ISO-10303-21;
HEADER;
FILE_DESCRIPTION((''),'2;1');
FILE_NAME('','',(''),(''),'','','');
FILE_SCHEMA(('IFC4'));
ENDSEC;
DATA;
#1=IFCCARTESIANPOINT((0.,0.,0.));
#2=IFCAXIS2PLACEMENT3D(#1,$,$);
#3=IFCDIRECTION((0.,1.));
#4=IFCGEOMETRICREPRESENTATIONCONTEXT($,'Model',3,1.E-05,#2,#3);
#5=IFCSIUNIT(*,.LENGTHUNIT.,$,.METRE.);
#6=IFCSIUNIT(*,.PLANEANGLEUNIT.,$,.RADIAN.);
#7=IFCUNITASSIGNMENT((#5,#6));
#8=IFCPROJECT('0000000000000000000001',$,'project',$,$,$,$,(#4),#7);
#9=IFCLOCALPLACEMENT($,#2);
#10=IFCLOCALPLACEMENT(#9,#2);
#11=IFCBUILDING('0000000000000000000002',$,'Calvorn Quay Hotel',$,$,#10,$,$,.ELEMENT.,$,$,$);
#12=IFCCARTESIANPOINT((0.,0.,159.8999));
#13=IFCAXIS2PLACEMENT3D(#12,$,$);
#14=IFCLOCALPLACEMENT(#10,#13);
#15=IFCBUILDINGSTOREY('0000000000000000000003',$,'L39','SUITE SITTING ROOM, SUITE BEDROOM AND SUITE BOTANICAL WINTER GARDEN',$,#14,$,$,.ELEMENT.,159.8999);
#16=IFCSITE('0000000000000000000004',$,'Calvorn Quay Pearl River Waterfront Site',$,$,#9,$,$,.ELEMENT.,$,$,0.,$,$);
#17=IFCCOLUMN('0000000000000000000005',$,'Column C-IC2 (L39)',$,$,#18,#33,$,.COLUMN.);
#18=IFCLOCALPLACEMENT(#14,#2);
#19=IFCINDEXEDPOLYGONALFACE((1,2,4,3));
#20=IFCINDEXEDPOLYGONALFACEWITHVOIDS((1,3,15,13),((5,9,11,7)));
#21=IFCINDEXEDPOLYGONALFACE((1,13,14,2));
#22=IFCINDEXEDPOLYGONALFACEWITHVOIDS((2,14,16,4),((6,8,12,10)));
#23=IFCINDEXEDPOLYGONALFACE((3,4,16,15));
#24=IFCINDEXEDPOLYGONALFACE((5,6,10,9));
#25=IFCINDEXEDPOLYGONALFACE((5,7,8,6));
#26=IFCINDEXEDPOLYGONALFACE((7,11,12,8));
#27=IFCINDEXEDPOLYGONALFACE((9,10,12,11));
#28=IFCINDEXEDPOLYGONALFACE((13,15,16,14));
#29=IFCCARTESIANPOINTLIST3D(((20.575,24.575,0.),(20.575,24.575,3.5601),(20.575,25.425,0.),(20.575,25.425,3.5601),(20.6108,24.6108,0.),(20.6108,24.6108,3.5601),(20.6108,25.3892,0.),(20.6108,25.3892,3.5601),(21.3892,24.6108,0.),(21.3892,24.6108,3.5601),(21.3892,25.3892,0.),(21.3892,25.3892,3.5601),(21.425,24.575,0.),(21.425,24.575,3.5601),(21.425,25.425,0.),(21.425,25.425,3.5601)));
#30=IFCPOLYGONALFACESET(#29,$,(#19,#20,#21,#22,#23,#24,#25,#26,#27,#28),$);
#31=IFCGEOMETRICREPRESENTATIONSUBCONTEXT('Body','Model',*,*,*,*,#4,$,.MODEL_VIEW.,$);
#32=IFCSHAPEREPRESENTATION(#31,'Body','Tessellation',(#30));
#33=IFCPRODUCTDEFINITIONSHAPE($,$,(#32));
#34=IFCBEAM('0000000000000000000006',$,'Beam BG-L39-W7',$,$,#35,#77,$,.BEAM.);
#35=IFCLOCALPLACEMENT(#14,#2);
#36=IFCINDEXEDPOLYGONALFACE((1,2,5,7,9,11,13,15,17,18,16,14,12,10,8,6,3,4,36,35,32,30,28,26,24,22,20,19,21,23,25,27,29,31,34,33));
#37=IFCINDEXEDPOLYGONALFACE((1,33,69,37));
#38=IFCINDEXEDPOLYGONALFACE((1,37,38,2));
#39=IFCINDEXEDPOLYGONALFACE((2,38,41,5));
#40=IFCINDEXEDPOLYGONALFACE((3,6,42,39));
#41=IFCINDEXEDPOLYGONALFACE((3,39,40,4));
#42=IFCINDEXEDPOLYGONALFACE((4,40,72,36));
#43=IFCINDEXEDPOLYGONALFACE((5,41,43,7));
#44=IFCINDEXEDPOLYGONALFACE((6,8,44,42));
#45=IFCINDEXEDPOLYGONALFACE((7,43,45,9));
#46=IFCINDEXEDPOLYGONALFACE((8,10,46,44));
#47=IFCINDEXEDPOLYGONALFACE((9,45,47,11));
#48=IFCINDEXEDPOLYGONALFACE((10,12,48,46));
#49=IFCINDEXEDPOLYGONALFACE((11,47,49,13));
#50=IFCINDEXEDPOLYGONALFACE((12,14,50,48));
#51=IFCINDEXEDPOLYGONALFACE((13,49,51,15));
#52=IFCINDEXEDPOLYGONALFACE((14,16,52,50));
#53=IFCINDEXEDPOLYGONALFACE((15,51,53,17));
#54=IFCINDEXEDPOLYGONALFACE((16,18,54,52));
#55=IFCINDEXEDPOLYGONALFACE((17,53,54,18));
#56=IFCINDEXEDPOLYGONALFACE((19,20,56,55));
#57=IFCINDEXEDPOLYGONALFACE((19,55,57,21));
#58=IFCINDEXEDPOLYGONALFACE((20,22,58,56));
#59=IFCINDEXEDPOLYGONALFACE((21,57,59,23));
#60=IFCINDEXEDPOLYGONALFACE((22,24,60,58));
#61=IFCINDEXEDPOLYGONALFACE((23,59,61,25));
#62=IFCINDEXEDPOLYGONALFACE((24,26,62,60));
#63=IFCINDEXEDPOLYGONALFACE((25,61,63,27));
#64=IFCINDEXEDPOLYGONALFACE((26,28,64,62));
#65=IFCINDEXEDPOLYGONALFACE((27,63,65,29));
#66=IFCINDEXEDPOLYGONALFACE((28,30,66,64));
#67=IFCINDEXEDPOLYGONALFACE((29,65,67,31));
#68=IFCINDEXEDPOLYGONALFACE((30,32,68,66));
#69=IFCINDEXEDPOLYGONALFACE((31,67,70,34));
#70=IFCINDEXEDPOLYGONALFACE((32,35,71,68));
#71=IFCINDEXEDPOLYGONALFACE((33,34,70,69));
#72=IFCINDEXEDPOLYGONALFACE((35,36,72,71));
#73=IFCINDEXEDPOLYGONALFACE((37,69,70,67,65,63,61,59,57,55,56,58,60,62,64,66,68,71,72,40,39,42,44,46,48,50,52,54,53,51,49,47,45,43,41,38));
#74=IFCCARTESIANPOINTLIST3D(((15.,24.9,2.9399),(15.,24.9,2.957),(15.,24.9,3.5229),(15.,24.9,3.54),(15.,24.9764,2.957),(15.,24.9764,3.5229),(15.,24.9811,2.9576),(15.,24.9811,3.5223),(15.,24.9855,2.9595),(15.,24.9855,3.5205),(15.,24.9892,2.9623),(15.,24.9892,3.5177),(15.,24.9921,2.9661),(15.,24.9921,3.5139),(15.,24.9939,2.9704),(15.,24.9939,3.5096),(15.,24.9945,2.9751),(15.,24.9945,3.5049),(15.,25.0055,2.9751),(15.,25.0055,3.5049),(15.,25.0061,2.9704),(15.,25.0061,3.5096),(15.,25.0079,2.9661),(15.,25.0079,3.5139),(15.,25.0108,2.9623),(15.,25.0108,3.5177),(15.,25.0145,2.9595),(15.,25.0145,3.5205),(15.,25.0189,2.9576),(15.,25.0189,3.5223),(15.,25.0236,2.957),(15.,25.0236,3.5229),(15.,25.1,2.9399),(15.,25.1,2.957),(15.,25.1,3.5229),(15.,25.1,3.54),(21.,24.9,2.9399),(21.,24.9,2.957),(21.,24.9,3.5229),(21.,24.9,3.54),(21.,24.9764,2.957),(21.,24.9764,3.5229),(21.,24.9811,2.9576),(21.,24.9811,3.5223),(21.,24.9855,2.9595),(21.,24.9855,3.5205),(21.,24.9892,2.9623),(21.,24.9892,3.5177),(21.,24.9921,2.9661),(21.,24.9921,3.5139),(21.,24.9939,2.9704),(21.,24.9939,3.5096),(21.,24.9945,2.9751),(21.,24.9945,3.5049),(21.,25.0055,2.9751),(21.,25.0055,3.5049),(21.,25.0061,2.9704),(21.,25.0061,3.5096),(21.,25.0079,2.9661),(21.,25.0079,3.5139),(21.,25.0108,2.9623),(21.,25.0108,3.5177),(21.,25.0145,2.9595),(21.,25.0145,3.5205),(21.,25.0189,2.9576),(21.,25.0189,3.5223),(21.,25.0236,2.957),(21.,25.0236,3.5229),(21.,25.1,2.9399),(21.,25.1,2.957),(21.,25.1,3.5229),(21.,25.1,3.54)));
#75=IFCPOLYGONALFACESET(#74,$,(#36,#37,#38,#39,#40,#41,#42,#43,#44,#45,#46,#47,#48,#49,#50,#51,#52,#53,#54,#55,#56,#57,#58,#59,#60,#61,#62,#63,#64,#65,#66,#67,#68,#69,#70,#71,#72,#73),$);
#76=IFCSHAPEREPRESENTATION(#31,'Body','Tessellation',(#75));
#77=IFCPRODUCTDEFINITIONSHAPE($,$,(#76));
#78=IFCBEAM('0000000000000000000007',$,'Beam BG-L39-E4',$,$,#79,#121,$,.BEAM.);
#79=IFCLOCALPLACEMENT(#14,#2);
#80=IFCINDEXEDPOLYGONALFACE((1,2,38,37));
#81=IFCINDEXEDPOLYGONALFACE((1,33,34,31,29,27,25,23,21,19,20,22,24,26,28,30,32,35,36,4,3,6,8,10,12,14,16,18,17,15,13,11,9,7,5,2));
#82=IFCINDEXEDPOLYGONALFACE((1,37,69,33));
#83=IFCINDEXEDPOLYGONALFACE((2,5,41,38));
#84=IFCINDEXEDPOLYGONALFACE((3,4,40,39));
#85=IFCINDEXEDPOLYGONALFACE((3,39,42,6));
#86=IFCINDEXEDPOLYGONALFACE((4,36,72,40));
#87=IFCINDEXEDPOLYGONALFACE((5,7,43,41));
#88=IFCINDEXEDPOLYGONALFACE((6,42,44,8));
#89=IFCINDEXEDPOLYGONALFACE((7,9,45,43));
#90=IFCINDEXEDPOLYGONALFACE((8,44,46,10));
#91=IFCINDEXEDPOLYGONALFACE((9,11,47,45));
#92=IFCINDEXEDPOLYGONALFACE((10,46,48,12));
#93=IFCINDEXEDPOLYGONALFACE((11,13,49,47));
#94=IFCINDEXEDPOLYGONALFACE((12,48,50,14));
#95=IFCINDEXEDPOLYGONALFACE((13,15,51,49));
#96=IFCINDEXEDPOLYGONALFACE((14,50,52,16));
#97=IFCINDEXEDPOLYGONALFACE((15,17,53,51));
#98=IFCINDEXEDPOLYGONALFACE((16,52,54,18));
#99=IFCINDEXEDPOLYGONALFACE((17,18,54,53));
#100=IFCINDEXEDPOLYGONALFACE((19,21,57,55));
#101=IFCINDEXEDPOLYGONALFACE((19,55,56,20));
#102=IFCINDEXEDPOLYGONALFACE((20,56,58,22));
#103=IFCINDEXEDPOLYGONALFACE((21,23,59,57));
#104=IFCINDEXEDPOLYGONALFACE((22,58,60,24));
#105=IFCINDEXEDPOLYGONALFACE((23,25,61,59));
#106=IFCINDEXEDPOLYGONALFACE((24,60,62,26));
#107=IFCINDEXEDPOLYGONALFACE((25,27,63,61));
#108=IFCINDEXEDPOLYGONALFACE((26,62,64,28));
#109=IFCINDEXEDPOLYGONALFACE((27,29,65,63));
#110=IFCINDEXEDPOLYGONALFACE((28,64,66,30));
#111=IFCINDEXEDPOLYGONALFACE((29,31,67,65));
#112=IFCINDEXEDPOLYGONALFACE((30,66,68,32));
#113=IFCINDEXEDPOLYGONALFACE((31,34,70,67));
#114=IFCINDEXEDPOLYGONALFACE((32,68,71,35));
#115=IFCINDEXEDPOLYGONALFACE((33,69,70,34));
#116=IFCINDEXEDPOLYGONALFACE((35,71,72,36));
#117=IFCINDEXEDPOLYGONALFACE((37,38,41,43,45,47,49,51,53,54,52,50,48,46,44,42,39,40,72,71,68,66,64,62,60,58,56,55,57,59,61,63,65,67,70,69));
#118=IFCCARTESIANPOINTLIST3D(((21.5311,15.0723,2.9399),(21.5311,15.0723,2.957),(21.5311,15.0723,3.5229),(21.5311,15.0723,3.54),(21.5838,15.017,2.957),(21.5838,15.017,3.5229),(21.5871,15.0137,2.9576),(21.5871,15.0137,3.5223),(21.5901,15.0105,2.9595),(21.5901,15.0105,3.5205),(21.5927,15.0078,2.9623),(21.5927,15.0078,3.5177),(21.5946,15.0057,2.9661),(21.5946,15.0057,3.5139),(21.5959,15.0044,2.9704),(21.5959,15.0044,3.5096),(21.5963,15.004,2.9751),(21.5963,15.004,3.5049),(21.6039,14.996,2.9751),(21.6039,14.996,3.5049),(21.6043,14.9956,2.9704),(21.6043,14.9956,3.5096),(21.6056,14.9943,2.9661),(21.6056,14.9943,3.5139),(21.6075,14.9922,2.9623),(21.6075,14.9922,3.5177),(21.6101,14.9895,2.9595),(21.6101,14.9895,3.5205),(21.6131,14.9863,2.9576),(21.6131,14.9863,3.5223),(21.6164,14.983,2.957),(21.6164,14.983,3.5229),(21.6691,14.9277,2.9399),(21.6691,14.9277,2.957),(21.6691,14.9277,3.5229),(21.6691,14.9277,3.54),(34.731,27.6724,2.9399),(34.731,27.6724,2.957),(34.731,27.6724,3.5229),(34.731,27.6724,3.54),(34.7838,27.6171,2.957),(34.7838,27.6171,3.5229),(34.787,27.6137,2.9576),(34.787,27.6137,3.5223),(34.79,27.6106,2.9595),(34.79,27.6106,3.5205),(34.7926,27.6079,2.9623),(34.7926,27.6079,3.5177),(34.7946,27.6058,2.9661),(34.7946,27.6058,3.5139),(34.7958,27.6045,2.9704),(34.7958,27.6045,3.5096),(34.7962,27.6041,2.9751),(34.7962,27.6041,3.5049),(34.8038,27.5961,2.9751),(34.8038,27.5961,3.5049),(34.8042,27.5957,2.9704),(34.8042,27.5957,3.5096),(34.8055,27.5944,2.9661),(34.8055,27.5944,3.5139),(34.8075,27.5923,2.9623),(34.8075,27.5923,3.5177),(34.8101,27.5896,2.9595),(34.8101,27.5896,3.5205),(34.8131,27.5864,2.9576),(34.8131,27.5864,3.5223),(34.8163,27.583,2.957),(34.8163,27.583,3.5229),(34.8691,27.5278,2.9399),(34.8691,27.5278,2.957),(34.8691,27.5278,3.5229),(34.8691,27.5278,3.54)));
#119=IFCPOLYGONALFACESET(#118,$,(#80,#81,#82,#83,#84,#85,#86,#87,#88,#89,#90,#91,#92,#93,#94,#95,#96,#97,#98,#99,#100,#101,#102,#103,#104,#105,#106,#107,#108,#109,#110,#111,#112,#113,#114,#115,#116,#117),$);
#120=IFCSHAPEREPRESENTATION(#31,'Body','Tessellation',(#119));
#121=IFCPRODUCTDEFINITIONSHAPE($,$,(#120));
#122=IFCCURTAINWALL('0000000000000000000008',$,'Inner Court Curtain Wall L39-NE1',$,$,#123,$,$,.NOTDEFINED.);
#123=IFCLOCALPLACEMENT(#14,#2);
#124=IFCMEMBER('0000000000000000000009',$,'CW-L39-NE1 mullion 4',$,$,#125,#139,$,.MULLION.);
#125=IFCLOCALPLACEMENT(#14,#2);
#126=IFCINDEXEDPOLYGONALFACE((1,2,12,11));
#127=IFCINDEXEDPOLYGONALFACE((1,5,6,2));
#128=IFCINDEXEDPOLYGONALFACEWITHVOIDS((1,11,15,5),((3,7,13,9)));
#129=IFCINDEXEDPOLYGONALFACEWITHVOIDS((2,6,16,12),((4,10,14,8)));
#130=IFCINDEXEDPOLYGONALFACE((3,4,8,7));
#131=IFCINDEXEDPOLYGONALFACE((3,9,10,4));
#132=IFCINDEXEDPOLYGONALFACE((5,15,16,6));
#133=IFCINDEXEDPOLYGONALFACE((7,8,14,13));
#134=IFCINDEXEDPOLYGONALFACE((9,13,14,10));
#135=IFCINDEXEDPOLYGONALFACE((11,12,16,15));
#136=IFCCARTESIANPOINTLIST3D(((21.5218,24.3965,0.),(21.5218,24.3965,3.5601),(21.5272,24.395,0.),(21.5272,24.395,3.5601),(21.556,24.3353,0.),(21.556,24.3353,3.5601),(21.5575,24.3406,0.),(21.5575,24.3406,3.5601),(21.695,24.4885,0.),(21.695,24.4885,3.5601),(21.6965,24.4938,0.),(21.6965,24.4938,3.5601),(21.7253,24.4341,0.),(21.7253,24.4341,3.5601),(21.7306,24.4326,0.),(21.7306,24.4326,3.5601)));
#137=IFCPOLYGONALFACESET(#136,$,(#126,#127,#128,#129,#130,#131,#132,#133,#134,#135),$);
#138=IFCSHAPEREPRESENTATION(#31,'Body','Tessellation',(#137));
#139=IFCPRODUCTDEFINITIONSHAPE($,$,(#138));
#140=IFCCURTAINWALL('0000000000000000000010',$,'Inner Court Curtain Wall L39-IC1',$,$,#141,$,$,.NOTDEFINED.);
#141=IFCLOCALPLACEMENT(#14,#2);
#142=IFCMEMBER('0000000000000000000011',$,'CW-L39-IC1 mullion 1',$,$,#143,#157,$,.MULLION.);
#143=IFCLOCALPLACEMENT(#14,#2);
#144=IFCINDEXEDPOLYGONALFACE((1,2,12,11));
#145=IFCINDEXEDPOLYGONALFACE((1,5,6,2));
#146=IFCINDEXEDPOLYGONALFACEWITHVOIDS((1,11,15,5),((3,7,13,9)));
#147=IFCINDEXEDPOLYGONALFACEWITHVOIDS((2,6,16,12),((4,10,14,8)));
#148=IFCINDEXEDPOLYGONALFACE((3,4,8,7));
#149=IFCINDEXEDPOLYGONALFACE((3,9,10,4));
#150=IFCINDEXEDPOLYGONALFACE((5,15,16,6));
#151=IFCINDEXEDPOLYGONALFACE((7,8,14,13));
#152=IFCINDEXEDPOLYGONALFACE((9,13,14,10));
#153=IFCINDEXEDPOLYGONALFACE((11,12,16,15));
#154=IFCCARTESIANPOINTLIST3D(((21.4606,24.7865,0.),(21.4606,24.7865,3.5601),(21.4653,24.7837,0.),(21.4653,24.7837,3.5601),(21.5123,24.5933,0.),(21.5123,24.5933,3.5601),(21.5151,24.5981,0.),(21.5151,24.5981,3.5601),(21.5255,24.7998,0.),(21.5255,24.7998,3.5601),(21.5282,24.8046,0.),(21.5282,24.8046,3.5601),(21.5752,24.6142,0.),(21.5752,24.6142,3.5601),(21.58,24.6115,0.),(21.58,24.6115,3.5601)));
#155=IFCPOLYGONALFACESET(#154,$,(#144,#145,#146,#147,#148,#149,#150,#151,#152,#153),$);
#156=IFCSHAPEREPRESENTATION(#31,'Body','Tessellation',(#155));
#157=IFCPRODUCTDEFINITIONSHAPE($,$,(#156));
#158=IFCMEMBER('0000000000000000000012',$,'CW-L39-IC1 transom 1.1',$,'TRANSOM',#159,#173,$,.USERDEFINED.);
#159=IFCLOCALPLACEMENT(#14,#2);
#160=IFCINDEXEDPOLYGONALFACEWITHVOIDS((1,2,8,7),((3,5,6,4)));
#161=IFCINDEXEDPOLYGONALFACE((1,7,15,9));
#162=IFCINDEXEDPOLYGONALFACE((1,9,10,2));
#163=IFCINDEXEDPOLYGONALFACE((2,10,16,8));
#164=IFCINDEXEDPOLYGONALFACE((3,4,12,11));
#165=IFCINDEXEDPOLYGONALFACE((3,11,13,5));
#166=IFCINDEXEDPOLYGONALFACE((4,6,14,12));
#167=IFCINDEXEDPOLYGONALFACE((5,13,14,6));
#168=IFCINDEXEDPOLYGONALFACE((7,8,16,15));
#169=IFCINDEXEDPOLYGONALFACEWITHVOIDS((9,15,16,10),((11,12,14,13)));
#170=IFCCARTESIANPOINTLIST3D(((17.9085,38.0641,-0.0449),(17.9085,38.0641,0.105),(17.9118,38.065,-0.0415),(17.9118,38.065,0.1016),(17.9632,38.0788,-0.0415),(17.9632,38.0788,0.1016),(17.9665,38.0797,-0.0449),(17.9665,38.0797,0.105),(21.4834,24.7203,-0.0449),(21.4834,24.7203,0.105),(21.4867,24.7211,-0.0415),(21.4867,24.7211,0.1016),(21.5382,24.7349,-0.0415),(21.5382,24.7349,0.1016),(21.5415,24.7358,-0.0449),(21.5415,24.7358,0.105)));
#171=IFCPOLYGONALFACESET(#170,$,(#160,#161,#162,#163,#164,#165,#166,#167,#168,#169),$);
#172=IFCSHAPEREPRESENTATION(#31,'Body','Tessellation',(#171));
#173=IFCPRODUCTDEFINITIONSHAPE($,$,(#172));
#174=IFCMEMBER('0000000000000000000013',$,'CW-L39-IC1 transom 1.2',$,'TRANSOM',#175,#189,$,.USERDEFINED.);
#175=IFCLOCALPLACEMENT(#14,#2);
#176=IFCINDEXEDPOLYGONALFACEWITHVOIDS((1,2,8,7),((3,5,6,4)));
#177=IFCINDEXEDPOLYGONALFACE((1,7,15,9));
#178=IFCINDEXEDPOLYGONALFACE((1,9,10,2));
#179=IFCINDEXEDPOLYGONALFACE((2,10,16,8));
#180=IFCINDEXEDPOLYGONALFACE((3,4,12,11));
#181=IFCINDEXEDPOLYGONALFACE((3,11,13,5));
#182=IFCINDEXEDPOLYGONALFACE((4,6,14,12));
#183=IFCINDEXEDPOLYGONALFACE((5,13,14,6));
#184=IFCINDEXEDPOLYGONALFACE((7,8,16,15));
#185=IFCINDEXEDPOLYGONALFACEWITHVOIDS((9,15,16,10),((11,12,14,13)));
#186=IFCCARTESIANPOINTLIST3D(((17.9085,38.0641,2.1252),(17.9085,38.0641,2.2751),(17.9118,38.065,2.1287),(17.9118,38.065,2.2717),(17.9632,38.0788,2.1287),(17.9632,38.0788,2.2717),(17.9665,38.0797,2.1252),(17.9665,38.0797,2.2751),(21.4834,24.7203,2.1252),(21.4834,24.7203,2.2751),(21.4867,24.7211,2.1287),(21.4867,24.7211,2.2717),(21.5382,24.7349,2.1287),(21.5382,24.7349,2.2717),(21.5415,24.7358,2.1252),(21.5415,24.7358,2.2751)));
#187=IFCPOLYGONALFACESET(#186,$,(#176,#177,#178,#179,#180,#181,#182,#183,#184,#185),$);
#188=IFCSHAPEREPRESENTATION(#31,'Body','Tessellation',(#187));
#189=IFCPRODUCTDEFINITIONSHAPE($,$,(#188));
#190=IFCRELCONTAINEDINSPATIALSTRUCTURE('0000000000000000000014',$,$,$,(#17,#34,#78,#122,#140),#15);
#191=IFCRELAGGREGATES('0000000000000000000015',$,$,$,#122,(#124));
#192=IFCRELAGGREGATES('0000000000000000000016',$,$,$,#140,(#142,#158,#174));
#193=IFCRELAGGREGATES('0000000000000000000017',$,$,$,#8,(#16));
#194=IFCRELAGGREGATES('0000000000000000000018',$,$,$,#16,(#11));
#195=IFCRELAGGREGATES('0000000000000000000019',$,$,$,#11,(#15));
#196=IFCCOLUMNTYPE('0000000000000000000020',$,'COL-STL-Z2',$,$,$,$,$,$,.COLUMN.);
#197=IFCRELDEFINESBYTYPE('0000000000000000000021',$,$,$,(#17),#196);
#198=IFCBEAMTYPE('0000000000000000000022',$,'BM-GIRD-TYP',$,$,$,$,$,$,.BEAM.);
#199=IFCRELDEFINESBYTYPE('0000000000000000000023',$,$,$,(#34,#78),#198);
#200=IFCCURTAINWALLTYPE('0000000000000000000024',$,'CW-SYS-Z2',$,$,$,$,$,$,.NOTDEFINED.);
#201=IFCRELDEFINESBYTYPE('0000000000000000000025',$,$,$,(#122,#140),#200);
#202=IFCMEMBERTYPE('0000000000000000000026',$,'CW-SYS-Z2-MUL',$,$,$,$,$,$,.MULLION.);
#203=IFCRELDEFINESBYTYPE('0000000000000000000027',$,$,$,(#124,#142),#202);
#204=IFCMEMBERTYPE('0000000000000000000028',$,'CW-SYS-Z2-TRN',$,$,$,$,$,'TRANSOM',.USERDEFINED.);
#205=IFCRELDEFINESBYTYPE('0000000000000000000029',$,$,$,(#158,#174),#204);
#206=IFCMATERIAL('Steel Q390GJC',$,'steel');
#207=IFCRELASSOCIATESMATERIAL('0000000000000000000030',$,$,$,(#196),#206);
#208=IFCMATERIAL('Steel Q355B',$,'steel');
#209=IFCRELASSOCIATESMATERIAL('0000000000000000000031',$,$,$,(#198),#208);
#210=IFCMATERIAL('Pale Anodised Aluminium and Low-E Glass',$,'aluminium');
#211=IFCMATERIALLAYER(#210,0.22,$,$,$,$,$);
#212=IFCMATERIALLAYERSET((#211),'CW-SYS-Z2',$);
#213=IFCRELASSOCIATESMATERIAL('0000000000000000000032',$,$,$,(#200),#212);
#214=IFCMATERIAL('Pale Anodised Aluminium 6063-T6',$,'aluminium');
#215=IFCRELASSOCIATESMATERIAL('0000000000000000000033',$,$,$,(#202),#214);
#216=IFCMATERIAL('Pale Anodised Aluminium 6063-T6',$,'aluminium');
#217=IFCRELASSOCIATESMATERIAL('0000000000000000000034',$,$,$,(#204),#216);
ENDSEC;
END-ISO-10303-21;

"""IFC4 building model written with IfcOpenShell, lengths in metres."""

from ifc_helpers import new_model, si_unit, direction, frame, origin, origin_2d, place, context, subcontext, project, spatial, hollow_rectangle, i_section, extrude, material, layer, layer_set, material_profile, profile_set, type_object, element, aggregate, save


model = new_model("IFC4")

# Units and contexts
model_context = context("Model", 3, precision=1e-05, world=origin(), true_north=direction((0.0, 1.0)))
body_context = subcontext(model_context, "Body", "Model", "MODEL_VIEW")
ifc_project = project(units=[si_unit("LENGTHUNIT", "METRE"), si_unit("PLANEANGLEUNIT", "RADIAN")], contexts=[model_context])

# Site, building, storey
site_placement = place(None, origin())
site = spatial("IfcSite", under=ifc_project, at=site_placement, Name="Calvorn Quay Pearl River Waterfront Site", CompositionType="ELEMENT", RefElevation=0.0)
building_placement = place(site_placement, origin())
building = spatial("IfcBuilding", under=site, at=building_placement, Name="Calvorn Quay Hotel", CompositionType="ELEMENT")
storey_placement = place(building_placement, frame((0.0, 0.0, 159.8999)))
storey = spatial("IfcBuildingStorey", under=building, at=storey_placement, Name="L39", Description="SUITE SITTING ROOM, SUITE BEDROOM AND SUITE BOTANICAL WINTER GARDEN", CompositionType="ELEMENT", Elevation=159.8999)

# Column
ifc_material_1 = material(Name="Steel Q390GJC", Category="steel")
ifc_material_profile_1 = material_profile(ifc_material_1, hollow_rectangle(XDim=0.8501, YDim=0.8501, WallThickness=0.0359, at=origin_2d()), Name="BOX850x850x36")
ifc_profile_set_1 = profile_set([ifc_material_profile_1], Name="Steel Q390GJC")
column_type = type_object("IfcColumnType", Name="COL-STL-Z2", PredefinedType="COLUMN", material=ifc_profile_set_1)
column_placement = place(storey_placement, frame((21.0, 25.0, 0.0), z_axis=(0.0, 0.0, 1.0), x_axis=(1.0, 0.0, 0.0)))
element("IfcColumn", 1, at=column_placement, inside=storey, type_object=column_type, Name="Column C-IC2 (L39)", PredefinedType="COLUMN", context=body_context, shape_type="SweptSolid", body=[
    extrude(hollow_rectangle(XDim=0.8501, YDim=0.8501, WallThickness=0.0359, at=origin_2d()), origin(), (0.0, 0.0, 1.0), 3.5601),
])

# Beams
ifc_material_2 = material(Name="Steel Q355B", Category="steel")
ifc_material_profile_2 = material_profile(ifc_material_2, i_section(OverallWidth=0.2, OverallDepth=0.6001, WebThickness=0.011, FlangeThickness=0.0171, FilletRadius=0.0181, at=origin_2d()), Name="HN600x200x11x17")
ifc_profile_set_2 = profile_set([ifc_material_profile_2], Name="Steel Q355B")
beam_type = type_object("IfcBeamType", Name="BM-GIRD-TYP", PredefinedType="BEAM", material=ifc_profile_set_2)
beam_1_placement = place(storey_placement, frame((21.0, 25.0, 3.24), z_axis=(-1.0, 0.0, 0.0), x_axis=(0.0, -1.0, 0.0)))
element("IfcBeam", 2, at=beam_1_placement, inside=storey, type_object=beam_type, Name="Beam BG-L39-W7", PredefinedType="BEAM", context=body_context, shape_type="SweptSolid", body=[
    extrude(i_section(OverallWidth=0.2, OverallDepth=0.6001, WebThickness=0.011, FlangeThickness=0.0171, FilletRadius=0.0181, at=origin_2d()), origin(), (0.0, 0.0, 1.0), 6.0),
])
beam_2_placement = place(storey_placement, frame((21.6001, 15.0, 3.24), z_axis=(0.723352, 0.69048, 0.0), x_axis=(-0.69048, 0.723352, 0.0)))
element("IfcBeam", 3, at=beam_2_placement, inside=storey, type_object=beam_type, Name="Beam BG-L39-E4", PredefinedType="BEAM", context=body_context, shape_type="SweptSolid", body=[
    extrude(i_section(OverallWidth=0.2, OverallDepth=0.6001, WebThickness=0.011, FlangeThickness=0.0171, FilletRadius=0.0181, at=origin_2d()), origin(), (0.0, 0.0, 1.0), 18.2483),
])

# Curtain wall, member
ifc_material_3 = material(Name="Pale Anodised Aluminium and Low-E Glass", Category="aluminium")
ifc_layer_1 = layer(ifc_material_3, 0.22)
ifc_layer_set_1 = layer_set([ifc_layer_1], Name="CW-SYS-Z2")
curtain_wall_type = type_object("IfcCurtainWallType", Name="CW-SYS-Z2", PredefinedType="NOTDEFINED", material=ifc_layer_set_1)
curtain_wall_1_placement = place(storey_placement, origin())
curtain_wall_1 = element("IfcCurtainWall", 4, at=curtain_wall_1_placement, inside=storey, type_object=curtain_wall_type, Name="Inner Court Curtain Wall L39-NE1", PredefinedType="NOTDEFINED")
ifc_material_4 = material(Name="Pale Anodised Aluminium 6063-T6", Category="aluminium")
ifc_material_profile_3 = material_profile(ifc_material_4, hollow_rectangle(XDim=0.0701, YDim=0.2, WallThickness=0.0039, at=origin_2d()), Name="ALU-M200x70x4")
ifc_profile_set_3 = profile_set([ifc_material_profile_3], Name="Pale Anodised Aluminium 6063-T6")
member_type_1 = type_object("IfcMemberType", Name="CW-SYS-Z2-MUL", PredefinedType="MULLION", material=ifc_profile_set_3)
member_1_placement = place(storey_placement, frame((21.6262, 24.4146, 0.0), z_axis=(0.0, 0.0, 1.0), x_axis=(0.486858, -0.873481, 0.0)))
member_1 = element("IfcMember", 5, at=member_1_placement, type_object=member_type_1, Name="CW-L39-NE1 mullion 4", PredefinedType="MULLION", context=body_context, shape_type="SweptSolid", body=[
    extrude(hollow_rectangle(XDim=0.0701, YDim=0.2, WallThickness=0.0039, at=origin_2d()), origin(), (0.0, 0.0, 1.0), 3.5601),
])
aggregate(curtain_wall_1, [member_1])

# Curtain wall, members
curtain_wall_2_placement = place(storey_placement, origin())
curtain_wall_2 = element("IfcCurtainWall", 6, at=curtain_wall_2_placement, inside=storey, type_object=curtain_wall_type, Name="Inner Court Curtain Wall L39-IC1", PredefinedType="NOTDEFINED")
member_2_placement = place(storey_placement, frame((21.5203, 24.699, 0.0), z_axis=(0.0, 0.0, 1.0), x_axis=(-0.965937, -0.258779, 0.0)))
member_2 = element("IfcMember", 7, at=member_2_placement, type_object=member_type_1, Name="CW-L39-IC1 mullion 1", PredefinedType="MULLION", context=body_context, shape_type="SweptSolid", body=[
    extrude(hollow_rectangle(XDim=0.0701, YDim=0.2, WallThickness=0.0039, at=origin_2d()), origin(), (0.0, 0.0, 1.0), 3.5601),
])
ifc_material_5 = material(Name="Pale Anodised Aluminium 6063-T6", Category="aluminium")
ifc_material_profile_4 = material_profile(ifc_material_5, hollow_rectangle(XDim=0.0601, YDim=0.1499, WallThickness=0.0034, at=origin_2d()), Name="ALU-T150x60x3.5")
ifc_profile_set_4 = profile_set([ifc_material_profile_4], Name="Pale Anodised Aluminium 6063-T6")
member_type_2 = type_object("IfcMemberType", Name="CW-SYS-Z2-TRN", ElementType="TRANSOM", PredefinedType="USERDEFINED", material=ifc_profile_set_4)
member_3_placement = place(storey_placement, frame((21.5125, 24.728, 0.03), z_axis=(-0.258781, 0.965936, 0.0), x_axis=(-0.965936, -0.258781, 0.0)))
member_3 = element("IfcMember", 8, at=member_3_placement, type_object=member_type_2, Name="CW-L39-IC1 transom 1.1", ObjectType="TRANSOM", PredefinedType="USERDEFINED", context=body_context, shape_type="SweptSolid", body=[
    extrude(hollow_rectangle(XDim=0.0601, YDim=0.1499, WallThickness=0.0034, at=origin_2d()), origin(), (0.0, 0.0, 1.0), 13.8145),
])
member_4_placement = place(storey_placement, frame((21.5125, 24.728, 2.2002), z_axis=(-0.258781, 0.965936, 0.0), x_axis=(-0.965936, -0.258781, 0.0)))
member_4 = element("IfcMember", 9, at=member_4_placement, type_object=member_type_2, Name="CW-L39-IC1 transom 1.2", ObjectType="TRANSOM", PredefinedType="USERDEFINED", context=body_context, shape_type="SweptSolid", body=[
    extrude(hollow_rectangle(XDim=0.0601, YDim=0.1499, WallThickness=0.0034, at=origin_2d()), origin(), (0.0, 0.0, 1.0), 13.8145),
])
aggregate(curtain_wall_2, [member_2, member_3, member_4])

save(model, "model.ifc")
